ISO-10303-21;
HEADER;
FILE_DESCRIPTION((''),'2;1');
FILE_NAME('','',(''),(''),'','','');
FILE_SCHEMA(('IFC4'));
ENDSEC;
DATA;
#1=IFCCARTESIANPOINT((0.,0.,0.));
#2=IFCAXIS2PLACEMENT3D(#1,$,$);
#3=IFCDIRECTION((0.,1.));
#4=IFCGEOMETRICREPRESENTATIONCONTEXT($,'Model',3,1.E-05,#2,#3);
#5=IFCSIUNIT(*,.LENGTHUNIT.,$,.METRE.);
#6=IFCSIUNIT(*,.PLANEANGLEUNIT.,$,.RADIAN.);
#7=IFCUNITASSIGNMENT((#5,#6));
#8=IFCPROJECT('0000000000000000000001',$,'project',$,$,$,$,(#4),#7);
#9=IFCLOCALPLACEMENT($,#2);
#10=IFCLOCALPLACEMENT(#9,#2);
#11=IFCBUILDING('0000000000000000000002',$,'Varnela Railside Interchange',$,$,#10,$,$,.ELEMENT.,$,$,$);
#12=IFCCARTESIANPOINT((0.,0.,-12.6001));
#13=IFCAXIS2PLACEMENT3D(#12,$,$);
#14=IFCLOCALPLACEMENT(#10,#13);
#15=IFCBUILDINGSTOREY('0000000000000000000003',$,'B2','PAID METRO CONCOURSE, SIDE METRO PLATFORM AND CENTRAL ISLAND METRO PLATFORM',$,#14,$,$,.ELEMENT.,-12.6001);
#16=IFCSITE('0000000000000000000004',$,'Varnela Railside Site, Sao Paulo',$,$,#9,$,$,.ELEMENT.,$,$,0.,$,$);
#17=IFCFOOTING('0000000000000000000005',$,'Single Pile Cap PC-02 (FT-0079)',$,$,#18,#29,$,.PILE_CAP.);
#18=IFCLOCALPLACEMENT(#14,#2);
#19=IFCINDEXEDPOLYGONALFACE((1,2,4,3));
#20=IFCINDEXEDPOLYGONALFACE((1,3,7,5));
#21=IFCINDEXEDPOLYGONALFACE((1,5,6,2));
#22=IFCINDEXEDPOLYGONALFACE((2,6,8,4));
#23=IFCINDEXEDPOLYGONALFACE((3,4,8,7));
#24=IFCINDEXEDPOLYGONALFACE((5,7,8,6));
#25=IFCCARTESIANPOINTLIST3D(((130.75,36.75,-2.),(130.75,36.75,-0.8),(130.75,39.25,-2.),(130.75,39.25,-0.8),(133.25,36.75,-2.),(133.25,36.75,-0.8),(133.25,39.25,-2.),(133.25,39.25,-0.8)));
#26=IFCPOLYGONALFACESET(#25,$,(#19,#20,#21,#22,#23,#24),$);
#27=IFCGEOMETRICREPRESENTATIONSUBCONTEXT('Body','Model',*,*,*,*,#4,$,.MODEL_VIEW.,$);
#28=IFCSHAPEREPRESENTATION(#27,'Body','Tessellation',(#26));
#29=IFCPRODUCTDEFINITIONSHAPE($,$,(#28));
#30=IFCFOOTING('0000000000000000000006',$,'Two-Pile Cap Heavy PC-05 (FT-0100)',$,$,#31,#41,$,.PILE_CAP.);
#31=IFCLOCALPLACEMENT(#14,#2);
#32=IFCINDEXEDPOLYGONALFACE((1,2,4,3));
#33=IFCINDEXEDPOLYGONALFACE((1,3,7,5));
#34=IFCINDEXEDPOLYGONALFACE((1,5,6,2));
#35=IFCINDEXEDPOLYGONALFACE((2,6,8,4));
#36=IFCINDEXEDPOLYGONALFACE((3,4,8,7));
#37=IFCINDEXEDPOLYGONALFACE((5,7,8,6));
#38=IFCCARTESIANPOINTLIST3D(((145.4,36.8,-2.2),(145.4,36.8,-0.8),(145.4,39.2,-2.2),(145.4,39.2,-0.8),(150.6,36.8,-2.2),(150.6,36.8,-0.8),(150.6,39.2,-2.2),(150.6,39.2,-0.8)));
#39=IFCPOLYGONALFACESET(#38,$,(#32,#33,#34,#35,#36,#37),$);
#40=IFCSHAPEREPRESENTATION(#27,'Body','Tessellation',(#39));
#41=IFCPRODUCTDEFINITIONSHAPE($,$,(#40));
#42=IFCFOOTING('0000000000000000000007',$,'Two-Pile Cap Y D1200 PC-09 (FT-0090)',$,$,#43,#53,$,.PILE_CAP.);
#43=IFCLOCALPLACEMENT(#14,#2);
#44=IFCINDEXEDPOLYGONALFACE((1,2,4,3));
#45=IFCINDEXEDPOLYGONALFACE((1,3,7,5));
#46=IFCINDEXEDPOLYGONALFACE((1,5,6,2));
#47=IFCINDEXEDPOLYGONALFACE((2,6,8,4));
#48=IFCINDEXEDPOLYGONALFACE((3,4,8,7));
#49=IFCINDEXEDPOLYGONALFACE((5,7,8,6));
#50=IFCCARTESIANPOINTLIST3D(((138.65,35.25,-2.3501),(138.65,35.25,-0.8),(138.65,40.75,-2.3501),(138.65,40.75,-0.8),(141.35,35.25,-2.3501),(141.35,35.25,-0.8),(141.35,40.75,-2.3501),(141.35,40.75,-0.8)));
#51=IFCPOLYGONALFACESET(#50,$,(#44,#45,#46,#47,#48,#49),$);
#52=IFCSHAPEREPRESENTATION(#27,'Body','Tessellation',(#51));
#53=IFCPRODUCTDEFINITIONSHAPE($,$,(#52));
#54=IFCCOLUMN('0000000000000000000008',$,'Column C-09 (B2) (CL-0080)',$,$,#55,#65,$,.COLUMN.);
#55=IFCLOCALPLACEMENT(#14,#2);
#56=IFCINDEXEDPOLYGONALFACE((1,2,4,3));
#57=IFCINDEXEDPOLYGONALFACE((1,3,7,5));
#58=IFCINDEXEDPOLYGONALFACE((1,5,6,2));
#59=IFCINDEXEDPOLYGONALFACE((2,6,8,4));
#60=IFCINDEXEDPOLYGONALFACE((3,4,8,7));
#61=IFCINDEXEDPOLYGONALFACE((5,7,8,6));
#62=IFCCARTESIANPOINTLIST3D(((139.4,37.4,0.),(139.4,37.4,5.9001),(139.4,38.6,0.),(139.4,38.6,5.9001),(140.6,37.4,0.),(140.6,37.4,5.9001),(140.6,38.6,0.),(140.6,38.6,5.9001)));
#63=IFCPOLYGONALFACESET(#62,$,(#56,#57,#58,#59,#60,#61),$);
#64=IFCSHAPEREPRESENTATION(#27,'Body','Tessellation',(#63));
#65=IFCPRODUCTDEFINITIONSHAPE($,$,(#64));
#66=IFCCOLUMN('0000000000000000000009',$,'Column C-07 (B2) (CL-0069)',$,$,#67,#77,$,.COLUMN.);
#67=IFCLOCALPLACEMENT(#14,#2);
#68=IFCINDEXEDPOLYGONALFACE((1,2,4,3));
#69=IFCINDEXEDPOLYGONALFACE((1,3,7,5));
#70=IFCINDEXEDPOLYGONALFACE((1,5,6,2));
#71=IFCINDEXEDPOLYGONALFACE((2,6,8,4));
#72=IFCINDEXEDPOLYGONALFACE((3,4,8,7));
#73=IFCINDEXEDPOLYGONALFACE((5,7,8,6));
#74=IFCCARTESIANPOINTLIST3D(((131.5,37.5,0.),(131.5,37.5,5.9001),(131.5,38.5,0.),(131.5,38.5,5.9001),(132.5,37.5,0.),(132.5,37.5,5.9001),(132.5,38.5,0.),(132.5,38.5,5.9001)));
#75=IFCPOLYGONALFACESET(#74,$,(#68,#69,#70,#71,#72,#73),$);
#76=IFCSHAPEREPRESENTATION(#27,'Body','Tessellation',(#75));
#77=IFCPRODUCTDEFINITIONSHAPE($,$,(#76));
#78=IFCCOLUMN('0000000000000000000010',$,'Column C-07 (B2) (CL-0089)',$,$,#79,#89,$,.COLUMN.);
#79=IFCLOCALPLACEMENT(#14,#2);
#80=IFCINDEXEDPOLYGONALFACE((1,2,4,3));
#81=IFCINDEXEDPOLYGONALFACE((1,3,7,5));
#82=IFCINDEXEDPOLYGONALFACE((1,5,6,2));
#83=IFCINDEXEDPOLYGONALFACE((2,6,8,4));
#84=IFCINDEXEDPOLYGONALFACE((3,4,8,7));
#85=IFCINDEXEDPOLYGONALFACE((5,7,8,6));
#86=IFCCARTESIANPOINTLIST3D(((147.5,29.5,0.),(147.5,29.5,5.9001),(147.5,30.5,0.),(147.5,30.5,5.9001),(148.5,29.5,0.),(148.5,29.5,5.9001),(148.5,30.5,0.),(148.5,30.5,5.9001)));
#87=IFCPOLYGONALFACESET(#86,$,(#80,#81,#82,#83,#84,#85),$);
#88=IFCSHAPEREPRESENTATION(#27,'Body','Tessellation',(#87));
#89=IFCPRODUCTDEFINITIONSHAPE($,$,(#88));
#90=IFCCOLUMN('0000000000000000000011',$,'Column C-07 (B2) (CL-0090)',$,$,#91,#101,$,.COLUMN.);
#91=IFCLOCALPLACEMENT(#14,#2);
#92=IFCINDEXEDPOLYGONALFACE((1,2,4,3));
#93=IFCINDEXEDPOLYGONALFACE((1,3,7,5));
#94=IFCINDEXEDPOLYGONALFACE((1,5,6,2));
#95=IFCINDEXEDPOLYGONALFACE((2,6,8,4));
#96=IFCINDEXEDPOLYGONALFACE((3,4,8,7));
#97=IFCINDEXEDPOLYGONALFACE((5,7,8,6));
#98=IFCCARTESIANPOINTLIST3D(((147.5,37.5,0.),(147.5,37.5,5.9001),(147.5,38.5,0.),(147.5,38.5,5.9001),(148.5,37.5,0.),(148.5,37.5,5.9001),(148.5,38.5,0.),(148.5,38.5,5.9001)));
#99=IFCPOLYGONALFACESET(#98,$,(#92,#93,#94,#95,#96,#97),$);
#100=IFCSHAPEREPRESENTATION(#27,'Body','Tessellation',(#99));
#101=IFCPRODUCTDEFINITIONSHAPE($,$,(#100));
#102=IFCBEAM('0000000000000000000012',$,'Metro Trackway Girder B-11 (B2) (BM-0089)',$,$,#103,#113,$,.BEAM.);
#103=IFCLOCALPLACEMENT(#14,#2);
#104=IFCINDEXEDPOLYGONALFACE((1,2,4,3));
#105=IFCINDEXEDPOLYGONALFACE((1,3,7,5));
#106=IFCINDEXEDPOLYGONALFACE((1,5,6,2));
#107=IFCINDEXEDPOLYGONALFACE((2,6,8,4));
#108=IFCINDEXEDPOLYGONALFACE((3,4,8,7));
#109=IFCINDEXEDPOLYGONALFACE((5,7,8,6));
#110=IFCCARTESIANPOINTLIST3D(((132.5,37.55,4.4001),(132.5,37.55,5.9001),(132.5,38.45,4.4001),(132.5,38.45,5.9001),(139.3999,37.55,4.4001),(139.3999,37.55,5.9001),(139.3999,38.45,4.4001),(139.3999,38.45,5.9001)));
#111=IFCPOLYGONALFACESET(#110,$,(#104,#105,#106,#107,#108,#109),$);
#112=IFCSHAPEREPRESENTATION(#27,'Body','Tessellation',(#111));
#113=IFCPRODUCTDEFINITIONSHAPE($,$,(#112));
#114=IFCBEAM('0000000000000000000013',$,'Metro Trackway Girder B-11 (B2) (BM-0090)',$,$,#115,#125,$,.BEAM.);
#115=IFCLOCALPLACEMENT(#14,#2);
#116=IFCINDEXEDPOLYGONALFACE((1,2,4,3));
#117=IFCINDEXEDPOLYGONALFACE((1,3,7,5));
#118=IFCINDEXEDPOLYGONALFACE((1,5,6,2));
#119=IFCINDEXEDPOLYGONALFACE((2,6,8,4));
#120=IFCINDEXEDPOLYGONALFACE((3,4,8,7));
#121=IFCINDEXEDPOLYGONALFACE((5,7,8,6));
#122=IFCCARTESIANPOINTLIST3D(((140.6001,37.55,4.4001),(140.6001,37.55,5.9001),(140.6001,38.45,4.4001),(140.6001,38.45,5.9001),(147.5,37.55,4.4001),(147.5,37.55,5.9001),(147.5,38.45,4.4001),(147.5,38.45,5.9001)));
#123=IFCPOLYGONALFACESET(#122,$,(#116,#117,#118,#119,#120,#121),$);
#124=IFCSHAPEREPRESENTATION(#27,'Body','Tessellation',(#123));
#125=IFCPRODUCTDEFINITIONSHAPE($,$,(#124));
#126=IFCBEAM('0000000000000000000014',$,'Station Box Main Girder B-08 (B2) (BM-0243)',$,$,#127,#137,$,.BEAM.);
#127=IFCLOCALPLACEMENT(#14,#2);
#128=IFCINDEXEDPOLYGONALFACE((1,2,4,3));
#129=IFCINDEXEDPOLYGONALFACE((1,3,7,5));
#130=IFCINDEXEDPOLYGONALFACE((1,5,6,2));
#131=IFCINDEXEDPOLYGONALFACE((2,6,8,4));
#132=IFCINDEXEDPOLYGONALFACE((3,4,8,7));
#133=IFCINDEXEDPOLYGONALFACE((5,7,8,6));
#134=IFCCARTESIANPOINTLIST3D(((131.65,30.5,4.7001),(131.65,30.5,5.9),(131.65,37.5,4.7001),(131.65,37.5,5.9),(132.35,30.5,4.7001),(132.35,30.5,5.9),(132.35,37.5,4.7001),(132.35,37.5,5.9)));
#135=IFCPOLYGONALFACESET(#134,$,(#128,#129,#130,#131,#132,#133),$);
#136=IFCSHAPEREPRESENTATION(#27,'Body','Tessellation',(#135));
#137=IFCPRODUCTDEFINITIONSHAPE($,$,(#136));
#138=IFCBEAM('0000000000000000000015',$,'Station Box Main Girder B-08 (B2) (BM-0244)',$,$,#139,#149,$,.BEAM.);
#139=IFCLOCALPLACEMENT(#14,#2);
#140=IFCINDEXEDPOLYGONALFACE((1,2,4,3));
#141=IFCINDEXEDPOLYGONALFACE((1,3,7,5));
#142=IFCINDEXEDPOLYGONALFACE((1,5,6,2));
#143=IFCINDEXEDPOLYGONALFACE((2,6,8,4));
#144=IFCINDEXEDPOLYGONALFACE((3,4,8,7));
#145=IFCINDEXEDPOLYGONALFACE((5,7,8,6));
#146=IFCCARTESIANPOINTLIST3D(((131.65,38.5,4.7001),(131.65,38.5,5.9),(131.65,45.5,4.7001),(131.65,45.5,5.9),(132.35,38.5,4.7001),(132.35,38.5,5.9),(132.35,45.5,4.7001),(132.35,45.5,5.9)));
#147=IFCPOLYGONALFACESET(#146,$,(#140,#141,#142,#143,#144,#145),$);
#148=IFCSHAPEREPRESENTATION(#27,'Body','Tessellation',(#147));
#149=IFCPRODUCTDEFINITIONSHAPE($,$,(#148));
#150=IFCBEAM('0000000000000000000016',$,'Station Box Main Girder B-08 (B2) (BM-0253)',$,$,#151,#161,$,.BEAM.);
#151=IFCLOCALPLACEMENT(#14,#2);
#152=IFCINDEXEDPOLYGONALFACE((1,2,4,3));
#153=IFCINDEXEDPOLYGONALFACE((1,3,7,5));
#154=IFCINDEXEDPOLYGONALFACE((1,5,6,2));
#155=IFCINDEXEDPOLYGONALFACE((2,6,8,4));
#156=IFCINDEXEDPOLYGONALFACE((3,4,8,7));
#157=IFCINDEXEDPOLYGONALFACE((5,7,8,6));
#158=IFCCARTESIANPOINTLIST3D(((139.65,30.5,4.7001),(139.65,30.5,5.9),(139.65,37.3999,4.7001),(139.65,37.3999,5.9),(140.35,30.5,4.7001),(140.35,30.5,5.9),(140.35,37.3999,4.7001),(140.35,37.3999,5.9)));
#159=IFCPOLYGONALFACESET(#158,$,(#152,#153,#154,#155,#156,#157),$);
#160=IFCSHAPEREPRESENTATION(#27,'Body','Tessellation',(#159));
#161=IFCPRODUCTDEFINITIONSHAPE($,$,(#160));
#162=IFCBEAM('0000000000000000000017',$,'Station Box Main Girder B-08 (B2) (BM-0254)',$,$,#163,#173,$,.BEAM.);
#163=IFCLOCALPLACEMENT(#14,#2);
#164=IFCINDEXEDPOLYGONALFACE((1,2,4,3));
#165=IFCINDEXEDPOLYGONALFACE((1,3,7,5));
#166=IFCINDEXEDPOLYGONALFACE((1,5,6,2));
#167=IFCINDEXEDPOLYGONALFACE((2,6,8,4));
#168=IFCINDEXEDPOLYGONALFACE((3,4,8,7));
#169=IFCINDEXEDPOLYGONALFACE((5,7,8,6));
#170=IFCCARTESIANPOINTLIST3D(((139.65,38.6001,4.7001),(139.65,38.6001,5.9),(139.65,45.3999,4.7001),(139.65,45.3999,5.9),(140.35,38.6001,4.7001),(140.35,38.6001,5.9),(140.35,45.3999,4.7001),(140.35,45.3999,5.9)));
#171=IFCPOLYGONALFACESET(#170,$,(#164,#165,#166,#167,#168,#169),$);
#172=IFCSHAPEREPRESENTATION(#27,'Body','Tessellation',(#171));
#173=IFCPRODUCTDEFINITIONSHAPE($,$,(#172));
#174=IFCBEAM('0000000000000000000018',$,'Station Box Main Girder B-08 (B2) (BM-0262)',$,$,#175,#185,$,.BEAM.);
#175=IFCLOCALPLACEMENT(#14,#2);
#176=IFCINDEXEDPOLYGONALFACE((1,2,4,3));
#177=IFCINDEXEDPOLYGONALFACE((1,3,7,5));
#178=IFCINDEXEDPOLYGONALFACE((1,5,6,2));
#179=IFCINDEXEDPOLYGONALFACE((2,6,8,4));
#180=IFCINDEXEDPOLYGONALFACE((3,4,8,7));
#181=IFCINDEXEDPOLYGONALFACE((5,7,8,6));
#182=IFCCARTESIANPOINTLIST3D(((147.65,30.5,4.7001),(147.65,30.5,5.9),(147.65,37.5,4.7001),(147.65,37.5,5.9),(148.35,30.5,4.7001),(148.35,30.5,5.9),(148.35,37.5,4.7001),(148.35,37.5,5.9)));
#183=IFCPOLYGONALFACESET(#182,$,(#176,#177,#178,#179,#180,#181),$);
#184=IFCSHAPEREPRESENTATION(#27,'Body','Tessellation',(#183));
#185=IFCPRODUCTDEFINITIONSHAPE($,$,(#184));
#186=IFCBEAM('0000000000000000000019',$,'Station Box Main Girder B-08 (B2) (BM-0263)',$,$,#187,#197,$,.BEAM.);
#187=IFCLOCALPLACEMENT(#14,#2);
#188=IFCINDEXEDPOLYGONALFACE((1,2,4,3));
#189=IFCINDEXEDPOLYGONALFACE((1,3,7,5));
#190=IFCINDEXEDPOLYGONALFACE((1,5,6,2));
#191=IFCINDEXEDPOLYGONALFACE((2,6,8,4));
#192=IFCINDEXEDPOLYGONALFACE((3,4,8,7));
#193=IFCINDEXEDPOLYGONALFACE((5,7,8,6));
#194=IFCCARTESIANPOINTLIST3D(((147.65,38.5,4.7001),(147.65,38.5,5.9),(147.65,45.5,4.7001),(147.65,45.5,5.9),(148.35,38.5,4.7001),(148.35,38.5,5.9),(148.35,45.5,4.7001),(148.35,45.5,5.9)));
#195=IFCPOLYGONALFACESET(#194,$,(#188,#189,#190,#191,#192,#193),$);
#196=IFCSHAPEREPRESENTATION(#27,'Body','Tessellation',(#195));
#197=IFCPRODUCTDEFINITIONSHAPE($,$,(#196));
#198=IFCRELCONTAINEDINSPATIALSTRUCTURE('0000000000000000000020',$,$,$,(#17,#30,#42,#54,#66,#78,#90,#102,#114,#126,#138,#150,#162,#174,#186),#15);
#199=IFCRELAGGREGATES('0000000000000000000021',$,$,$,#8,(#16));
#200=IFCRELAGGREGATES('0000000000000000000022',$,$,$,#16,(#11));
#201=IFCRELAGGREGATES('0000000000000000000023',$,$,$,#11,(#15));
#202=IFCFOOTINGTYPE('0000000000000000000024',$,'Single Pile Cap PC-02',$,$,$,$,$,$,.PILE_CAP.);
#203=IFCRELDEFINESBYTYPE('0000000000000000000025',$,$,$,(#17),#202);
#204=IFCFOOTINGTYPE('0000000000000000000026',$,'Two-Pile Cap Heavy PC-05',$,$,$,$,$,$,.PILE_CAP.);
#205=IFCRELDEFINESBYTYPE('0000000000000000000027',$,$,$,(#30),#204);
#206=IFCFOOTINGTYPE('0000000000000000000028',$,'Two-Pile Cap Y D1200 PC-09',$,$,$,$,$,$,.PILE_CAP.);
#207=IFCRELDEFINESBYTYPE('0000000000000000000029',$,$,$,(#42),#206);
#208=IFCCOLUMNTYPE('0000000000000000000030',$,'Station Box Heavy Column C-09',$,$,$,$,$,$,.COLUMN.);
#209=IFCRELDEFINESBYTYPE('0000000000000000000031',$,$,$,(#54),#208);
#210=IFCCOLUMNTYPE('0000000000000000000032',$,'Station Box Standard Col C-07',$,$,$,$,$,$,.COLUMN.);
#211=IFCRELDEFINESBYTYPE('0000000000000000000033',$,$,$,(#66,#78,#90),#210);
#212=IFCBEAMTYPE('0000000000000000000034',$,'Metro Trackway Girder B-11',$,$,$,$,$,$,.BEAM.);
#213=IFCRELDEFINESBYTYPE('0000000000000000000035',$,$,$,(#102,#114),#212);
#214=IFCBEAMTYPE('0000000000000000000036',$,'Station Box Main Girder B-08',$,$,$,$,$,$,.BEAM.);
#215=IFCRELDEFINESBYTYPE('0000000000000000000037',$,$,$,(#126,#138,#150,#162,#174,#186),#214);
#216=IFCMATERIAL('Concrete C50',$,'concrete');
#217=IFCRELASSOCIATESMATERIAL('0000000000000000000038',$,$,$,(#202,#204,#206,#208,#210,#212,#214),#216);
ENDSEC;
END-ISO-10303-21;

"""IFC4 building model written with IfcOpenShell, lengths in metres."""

from ifc_helpers import new_model, si_unit, direction, frame, origin, origin_2d, place, context, subcontext, project, spatial, rectangle, extrude, material, material_profile, profile_set, type_object, element, save


model = new_model("IFC4")

# Units and contexts
model_context = context("Model", 3, precision=1e-05, world=origin(), true_north=direction((0.0, 1.0)))
body_context = subcontext(model_context, "Body", "Model", "MODEL_VIEW")
ifc_project = project(units=[si_unit("LENGTHUNIT", "METRE"), si_unit("PLANEANGLEUNIT", "RADIAN")], contexts=[model_context])

# Site, building, storey
site_placement = place(None, origin())
site = spatial("IfcSite", under=ifc_project, at=site_placement, Name="Varnela Railside Site, Sao Paulo", CompositionType="ELEMENT", RefElevation=0.0)
building_placement = place(site_placement, origin())
building = spatial("IfcBuilding", under=site, at=building_placement, Name="Varnela Railside Interchange", CompositionType="ELEMENT")
storey_placement = place(building_placement, frame((0.0, 0.0, -12.6001)))
storey = spatial("IfcBuildingStorey", under=building, at=storey_placement, Name="B2", Description="PAID METRO CONCOURSE, SIDE METRO PLATFORM AND CENTRAL ISLAND METRO PLATFORM", CompositionType="ELEMENT", Elevation=-12.6001)

# Footings
ifc_material_1 = material(Name="Concrete C50", Category="concrete")
footing_type_1 = type_object("IfcFootingType", Name="Single Pile Cap PC-02", PredefinedType="PILE_CAP", material=ifc_material_1)
footing_1_placement = place(storey_placement, frame((132.0, 38.0, -2.0), z_axis=(0.0, 0.0, 1.0), x_axis=(1.0, 0.0, 0.0)))
element("IfcFooting", 1, at=footing_1_placement, inside=storey, type_object=footing_type_1, Name="Single Pile Cap PC-02 (FT-0079)", PredefinedType="PILE_CAP", context=body_context, shape_type="SweptSolid", body=[
    extrude(rectangle(XDim=2.5, YDim=2.5, at=origin_2d()), origin(), (0.0, 0.0, 1.0), 1.2),
])
footing_type_2 = type_object("IfcFootingType", Name="Two-Pile Cap Heavy PC-05", PredefinedType="PILE_CAP", material=ifc_material_1)
footing_2_placement = place(storey_placement, frame((148.0, 38.0, -2.2), z_axis=(0.0, 0.0, 1.0), x_axis=(1.0, 0.0, 0.0)))
element("IfcFooting", 2, at=footing_2_placement, inside=storey, type_object=footing_type_2, Name="Two-Pile Cap Heavy PC-05 (FT-0100)", PredefinedType="PILE_CAP", context=body_context, shape_type="SweptSolid", body=[
    extrude(rectangle(XDim=5.2, YDim=2.3999, at=origin_2d()), origin(), (0.0, 0.0, 1.0), 1.3999),
])
footing_type_3 = type_object("IfcFootingType", Name="Two-Pile Cap Y D1200 PC-09", PredefinedType="PILE_CAP", material=ifc_material_1)
footing_3_placement = place(storey_placement, frame((140.0, 38.0, -2.3501), z_axis=(0.0, 0.0, 1.0), x_axis=(1.0, 0.0, 0.0)))
element("IfcFooting", 3, at=footing_3_placement, inside=storey, type_object=footing_type_3, Name="Two-Pile Cap Y D1200 PC-09 (FT-0090)", PredefinedType="PILE_CAP", context=body_context, shape_type="SweptSolid", body=[
    extrude(rectangle(XDim=2.7, YDim=5.5, at=origin_2d()), origin(), (0.0, 0.0, 1.0), 1.55),
])

# Columns
ifc_material_profile_1 = material_profile(ifc_material_1, rectangle(XDim=1.2, YDim=1.2, at=origin_2d()), Name="RC 1200x1200")
ifc_profile_set_1 = profile_set([ifc_material_profile_1], Name="Concrete C50")
column_type_1 = type_object("IfcColumnType", Name="Station Box Heavy Column C-09", PredefinedType="COLUMN", material=ifc_profile_set_1)
column_placement = place(storey_placement, frame((140.0, 38.0, 0.0), z_axis=(0.0, 0.0, 1.0), x_axis=(1.0, 0.0, 0.0)))
element("IfcColumn", 4, at=column_placement, inside=storey, type_object=column_type_1, Name="Column C-09 (B2) (CL-0080)", PredefinedType="COLUMN", context=body_context, shape_type="SweptSolid", body=[
    extrude(rectangle(XDim=1.2, YDim=1.2, at=origin_2d()), origin(), (0.0, 0.0, 1.0), 5.9001),
])
ifc_material_profile_2 = material_profile(ifc_material_1, rectangle(XDim=1.0, YDim=1.0, at=origin_2d()), Name="RC 1000x1000")
ifc_profile_set_2 = profile_set([ifc_material_profile_2], Name="Concrete C50")
column_type_2 = type_object("IfcColumnType", Name="Station Box Standard Col C-07", PredefinedType="COLUMN", material=ifc_profile_set_2)
for number, where, z_axis, x_axis, name in (
    (5, (132.0, 38.0, 0.0), (0.0, 0.0, 1.0), (1.0, 0.0, 0.0), "Column C-07 (B2) (CL-0069)"),
    (6, (148.0, 30.0, 0.0), (0.0, 0.0, 1.0), (1.0, 0.0, 0.0), "Column C-07 (B2) (CL-0089)"),
    (7, (148.0, 38.0, 0.0), (0.0, 0.0, 1.0), (1.0, 0.0, 0.0), "Column C-07 (B2) (CL-0090)"),
):
    element("IfcColumn", number, at=place(storey_placement, frame(where, z_axis=z_axis, x_axis=x_axis)), inside=storey, type_object=column_type_2, Name=name, PredefinedType="COLUMN", context=body_context, shape_type="SweptSolid", body=[
        extrude(rectangle(XDim=1.0, YDim=1.0, at=origin_2d()), origin(), (0.0, 0.0, 1.0), 5.9001),
    ])

# Beams
ifc_material_profile_3 = material_profile(ifc_material_1, rectangle(XDim=0.8999, YDim=1.5, at=origin_2d()), Name="RC 900x1500")
ifc_profile_set_3 = profile_set([ifc_material_profile_3], Name="Concrete C50")
beam_type_1 = type_object("IfcBeamType", Name="Metro Trackway Girder B-11", PredefinedType="BEAM", material=ifc_profile_set_3)
for number, where, z_axis, x_axis, name in (
    (8, (132.5, 38.0, 5.1501), (1.0, 0.0, 0.0), (0.0, 1.0, 0.0), "Metro Trackway Girder B-11 (B2) (BM-0089)"),
    (9, (140.6001, 38.0, 5.1501), (1.0, 0.0, 0.0), (0.0, 1.0, 0.0), "Metro Trackway Girder B-11 (B2) (BM-0090)"),
):
    element("IfcBeam", number, at=place(storey_placement, frame(where, z_axis=z_axis, x_axis=x_axis)), inside=storey, type_object=beam_type_1, Name=name, PredefinedType="BEAM", context=body_context, shape_type="SweptSolid", body=[
        extrude(rectangle(XDim=0.8999, YDim=1.5, at=origin_2d()), origin(), (0.0, 0.0, 1.0), 6.8999),
    ])
ifc_material_profile_4 = material_profile(ifc_material_1, rectangle(XDim=0.7, YDim=1.2, at=origin_2d()), Name="RC 700x1200")
ifc_profile_set_4 = profile_set([ifc_material_profile_4], Name="Concrete C50")
beam_type_2 = type_object("IfcBeamType", Name="Station Box Main Girder B-08", PredefinedType="BEAM", material=ifc_profile_set_4)
for number, where, z_axis, x_axis, name in (
    (10, (132.0, 30.5, 5.3), (0.0, 1.0, 0.0), (-1.0, 0.0, 0.0), "Station Box Main Girder B-08 (B2) (BM-0243)"),
    (11, (132.0, 38.5, 5.3), (0.0, 1.0, 0.0), (-1.0, 0.0, 0.0), "Station Box Main Girder B-08 (B2) (BM-0244)"),
):
    element("IfcBeam", number, at=place(storey_placement, frame(where, z_axis=z_axis, x_axis=x_axis)), inside=storey, type_object=beam_type_2, Name=name, PredefinedType="BEAM", context=body_context, shape_type="SweptSolid", body=[
        extrude(rectangle(XDim=0.7, YDim=1.2, at=origin_2d()), origin(), (0.0, 0.0, 1.0), 7.0),
    ])
beam_1_placement = place(storey_placement, frame((140.0, 30.5, 5.3), z_axis=(0.0, 1.0, 0.0), x_axis=(-1.0, 0.0, 0.0)))
element("IfcBeam", 12, at=beam_1_placement, inside=storey, type_object=beam_type_2, Name="Station Box Main Girder B-08 (B2) (BM-0253)", PredefinedType="BEAM", context=body_context, shape_type="SweptSolid", body=[
    extrude(rectangle(XDim=0.7, YDim=1.2, at=origin_2d()), origin(), (0.0, 0.0, 1.0), 6.8999),
])
beam_2_placement = place(storey_placement, frame((140.0, 38.6001, 5.3), z_axis=(0.0, 1.0, 0.0), x_axis=(-1.0, 0.0, 0.0)))
element("IfcBeam", 13, at=beam_2_placement, inside=storey, type_object=beam_type_2, Name="Station Box Main Girder B-08 (B2) (BM-0254)", PredefinedType="BEAM", context=body_context, shape_type="SweptSolid", body=[
    extrude(rectangle(XDim=0.7, YDim=1.2, at=origin_2d()), origin(), (0.0, 0.0, 1.0), 6.7998),
])
for number, where, z_axis, x_axis, name in (
    (14, (148.0, 30.5, 5.3), (0.0, 1.0, 0.0), (-1.0, 0.0, 0.0), "Station Box Main Girder B-08 (B2) (BM-0262)"),
    (15, (148.0, 38.5, 5.3), (0.0, 1.0, 0.0), (-1.0, 0.0, 0.0), "Station Box Main Girder B-08 (B2) (BM-0263)"),
):
    element("IfcBeam", number, at=place(storey_placement, frame(where, z_axis=z_axis, x_axis=x_axis)), inside=storey, type_object=beam_type_2, Name=name, PredefinedType="BEAM", context=body_context, shape_type="SweptSolid", body=[
        extrude(rectangle(XDim=0.7, YDim=1.2, at=origin_2d()), origin(), (0.0, 0.0, 1.0), 7.0),
    ])

save(model, "model.ifc")
